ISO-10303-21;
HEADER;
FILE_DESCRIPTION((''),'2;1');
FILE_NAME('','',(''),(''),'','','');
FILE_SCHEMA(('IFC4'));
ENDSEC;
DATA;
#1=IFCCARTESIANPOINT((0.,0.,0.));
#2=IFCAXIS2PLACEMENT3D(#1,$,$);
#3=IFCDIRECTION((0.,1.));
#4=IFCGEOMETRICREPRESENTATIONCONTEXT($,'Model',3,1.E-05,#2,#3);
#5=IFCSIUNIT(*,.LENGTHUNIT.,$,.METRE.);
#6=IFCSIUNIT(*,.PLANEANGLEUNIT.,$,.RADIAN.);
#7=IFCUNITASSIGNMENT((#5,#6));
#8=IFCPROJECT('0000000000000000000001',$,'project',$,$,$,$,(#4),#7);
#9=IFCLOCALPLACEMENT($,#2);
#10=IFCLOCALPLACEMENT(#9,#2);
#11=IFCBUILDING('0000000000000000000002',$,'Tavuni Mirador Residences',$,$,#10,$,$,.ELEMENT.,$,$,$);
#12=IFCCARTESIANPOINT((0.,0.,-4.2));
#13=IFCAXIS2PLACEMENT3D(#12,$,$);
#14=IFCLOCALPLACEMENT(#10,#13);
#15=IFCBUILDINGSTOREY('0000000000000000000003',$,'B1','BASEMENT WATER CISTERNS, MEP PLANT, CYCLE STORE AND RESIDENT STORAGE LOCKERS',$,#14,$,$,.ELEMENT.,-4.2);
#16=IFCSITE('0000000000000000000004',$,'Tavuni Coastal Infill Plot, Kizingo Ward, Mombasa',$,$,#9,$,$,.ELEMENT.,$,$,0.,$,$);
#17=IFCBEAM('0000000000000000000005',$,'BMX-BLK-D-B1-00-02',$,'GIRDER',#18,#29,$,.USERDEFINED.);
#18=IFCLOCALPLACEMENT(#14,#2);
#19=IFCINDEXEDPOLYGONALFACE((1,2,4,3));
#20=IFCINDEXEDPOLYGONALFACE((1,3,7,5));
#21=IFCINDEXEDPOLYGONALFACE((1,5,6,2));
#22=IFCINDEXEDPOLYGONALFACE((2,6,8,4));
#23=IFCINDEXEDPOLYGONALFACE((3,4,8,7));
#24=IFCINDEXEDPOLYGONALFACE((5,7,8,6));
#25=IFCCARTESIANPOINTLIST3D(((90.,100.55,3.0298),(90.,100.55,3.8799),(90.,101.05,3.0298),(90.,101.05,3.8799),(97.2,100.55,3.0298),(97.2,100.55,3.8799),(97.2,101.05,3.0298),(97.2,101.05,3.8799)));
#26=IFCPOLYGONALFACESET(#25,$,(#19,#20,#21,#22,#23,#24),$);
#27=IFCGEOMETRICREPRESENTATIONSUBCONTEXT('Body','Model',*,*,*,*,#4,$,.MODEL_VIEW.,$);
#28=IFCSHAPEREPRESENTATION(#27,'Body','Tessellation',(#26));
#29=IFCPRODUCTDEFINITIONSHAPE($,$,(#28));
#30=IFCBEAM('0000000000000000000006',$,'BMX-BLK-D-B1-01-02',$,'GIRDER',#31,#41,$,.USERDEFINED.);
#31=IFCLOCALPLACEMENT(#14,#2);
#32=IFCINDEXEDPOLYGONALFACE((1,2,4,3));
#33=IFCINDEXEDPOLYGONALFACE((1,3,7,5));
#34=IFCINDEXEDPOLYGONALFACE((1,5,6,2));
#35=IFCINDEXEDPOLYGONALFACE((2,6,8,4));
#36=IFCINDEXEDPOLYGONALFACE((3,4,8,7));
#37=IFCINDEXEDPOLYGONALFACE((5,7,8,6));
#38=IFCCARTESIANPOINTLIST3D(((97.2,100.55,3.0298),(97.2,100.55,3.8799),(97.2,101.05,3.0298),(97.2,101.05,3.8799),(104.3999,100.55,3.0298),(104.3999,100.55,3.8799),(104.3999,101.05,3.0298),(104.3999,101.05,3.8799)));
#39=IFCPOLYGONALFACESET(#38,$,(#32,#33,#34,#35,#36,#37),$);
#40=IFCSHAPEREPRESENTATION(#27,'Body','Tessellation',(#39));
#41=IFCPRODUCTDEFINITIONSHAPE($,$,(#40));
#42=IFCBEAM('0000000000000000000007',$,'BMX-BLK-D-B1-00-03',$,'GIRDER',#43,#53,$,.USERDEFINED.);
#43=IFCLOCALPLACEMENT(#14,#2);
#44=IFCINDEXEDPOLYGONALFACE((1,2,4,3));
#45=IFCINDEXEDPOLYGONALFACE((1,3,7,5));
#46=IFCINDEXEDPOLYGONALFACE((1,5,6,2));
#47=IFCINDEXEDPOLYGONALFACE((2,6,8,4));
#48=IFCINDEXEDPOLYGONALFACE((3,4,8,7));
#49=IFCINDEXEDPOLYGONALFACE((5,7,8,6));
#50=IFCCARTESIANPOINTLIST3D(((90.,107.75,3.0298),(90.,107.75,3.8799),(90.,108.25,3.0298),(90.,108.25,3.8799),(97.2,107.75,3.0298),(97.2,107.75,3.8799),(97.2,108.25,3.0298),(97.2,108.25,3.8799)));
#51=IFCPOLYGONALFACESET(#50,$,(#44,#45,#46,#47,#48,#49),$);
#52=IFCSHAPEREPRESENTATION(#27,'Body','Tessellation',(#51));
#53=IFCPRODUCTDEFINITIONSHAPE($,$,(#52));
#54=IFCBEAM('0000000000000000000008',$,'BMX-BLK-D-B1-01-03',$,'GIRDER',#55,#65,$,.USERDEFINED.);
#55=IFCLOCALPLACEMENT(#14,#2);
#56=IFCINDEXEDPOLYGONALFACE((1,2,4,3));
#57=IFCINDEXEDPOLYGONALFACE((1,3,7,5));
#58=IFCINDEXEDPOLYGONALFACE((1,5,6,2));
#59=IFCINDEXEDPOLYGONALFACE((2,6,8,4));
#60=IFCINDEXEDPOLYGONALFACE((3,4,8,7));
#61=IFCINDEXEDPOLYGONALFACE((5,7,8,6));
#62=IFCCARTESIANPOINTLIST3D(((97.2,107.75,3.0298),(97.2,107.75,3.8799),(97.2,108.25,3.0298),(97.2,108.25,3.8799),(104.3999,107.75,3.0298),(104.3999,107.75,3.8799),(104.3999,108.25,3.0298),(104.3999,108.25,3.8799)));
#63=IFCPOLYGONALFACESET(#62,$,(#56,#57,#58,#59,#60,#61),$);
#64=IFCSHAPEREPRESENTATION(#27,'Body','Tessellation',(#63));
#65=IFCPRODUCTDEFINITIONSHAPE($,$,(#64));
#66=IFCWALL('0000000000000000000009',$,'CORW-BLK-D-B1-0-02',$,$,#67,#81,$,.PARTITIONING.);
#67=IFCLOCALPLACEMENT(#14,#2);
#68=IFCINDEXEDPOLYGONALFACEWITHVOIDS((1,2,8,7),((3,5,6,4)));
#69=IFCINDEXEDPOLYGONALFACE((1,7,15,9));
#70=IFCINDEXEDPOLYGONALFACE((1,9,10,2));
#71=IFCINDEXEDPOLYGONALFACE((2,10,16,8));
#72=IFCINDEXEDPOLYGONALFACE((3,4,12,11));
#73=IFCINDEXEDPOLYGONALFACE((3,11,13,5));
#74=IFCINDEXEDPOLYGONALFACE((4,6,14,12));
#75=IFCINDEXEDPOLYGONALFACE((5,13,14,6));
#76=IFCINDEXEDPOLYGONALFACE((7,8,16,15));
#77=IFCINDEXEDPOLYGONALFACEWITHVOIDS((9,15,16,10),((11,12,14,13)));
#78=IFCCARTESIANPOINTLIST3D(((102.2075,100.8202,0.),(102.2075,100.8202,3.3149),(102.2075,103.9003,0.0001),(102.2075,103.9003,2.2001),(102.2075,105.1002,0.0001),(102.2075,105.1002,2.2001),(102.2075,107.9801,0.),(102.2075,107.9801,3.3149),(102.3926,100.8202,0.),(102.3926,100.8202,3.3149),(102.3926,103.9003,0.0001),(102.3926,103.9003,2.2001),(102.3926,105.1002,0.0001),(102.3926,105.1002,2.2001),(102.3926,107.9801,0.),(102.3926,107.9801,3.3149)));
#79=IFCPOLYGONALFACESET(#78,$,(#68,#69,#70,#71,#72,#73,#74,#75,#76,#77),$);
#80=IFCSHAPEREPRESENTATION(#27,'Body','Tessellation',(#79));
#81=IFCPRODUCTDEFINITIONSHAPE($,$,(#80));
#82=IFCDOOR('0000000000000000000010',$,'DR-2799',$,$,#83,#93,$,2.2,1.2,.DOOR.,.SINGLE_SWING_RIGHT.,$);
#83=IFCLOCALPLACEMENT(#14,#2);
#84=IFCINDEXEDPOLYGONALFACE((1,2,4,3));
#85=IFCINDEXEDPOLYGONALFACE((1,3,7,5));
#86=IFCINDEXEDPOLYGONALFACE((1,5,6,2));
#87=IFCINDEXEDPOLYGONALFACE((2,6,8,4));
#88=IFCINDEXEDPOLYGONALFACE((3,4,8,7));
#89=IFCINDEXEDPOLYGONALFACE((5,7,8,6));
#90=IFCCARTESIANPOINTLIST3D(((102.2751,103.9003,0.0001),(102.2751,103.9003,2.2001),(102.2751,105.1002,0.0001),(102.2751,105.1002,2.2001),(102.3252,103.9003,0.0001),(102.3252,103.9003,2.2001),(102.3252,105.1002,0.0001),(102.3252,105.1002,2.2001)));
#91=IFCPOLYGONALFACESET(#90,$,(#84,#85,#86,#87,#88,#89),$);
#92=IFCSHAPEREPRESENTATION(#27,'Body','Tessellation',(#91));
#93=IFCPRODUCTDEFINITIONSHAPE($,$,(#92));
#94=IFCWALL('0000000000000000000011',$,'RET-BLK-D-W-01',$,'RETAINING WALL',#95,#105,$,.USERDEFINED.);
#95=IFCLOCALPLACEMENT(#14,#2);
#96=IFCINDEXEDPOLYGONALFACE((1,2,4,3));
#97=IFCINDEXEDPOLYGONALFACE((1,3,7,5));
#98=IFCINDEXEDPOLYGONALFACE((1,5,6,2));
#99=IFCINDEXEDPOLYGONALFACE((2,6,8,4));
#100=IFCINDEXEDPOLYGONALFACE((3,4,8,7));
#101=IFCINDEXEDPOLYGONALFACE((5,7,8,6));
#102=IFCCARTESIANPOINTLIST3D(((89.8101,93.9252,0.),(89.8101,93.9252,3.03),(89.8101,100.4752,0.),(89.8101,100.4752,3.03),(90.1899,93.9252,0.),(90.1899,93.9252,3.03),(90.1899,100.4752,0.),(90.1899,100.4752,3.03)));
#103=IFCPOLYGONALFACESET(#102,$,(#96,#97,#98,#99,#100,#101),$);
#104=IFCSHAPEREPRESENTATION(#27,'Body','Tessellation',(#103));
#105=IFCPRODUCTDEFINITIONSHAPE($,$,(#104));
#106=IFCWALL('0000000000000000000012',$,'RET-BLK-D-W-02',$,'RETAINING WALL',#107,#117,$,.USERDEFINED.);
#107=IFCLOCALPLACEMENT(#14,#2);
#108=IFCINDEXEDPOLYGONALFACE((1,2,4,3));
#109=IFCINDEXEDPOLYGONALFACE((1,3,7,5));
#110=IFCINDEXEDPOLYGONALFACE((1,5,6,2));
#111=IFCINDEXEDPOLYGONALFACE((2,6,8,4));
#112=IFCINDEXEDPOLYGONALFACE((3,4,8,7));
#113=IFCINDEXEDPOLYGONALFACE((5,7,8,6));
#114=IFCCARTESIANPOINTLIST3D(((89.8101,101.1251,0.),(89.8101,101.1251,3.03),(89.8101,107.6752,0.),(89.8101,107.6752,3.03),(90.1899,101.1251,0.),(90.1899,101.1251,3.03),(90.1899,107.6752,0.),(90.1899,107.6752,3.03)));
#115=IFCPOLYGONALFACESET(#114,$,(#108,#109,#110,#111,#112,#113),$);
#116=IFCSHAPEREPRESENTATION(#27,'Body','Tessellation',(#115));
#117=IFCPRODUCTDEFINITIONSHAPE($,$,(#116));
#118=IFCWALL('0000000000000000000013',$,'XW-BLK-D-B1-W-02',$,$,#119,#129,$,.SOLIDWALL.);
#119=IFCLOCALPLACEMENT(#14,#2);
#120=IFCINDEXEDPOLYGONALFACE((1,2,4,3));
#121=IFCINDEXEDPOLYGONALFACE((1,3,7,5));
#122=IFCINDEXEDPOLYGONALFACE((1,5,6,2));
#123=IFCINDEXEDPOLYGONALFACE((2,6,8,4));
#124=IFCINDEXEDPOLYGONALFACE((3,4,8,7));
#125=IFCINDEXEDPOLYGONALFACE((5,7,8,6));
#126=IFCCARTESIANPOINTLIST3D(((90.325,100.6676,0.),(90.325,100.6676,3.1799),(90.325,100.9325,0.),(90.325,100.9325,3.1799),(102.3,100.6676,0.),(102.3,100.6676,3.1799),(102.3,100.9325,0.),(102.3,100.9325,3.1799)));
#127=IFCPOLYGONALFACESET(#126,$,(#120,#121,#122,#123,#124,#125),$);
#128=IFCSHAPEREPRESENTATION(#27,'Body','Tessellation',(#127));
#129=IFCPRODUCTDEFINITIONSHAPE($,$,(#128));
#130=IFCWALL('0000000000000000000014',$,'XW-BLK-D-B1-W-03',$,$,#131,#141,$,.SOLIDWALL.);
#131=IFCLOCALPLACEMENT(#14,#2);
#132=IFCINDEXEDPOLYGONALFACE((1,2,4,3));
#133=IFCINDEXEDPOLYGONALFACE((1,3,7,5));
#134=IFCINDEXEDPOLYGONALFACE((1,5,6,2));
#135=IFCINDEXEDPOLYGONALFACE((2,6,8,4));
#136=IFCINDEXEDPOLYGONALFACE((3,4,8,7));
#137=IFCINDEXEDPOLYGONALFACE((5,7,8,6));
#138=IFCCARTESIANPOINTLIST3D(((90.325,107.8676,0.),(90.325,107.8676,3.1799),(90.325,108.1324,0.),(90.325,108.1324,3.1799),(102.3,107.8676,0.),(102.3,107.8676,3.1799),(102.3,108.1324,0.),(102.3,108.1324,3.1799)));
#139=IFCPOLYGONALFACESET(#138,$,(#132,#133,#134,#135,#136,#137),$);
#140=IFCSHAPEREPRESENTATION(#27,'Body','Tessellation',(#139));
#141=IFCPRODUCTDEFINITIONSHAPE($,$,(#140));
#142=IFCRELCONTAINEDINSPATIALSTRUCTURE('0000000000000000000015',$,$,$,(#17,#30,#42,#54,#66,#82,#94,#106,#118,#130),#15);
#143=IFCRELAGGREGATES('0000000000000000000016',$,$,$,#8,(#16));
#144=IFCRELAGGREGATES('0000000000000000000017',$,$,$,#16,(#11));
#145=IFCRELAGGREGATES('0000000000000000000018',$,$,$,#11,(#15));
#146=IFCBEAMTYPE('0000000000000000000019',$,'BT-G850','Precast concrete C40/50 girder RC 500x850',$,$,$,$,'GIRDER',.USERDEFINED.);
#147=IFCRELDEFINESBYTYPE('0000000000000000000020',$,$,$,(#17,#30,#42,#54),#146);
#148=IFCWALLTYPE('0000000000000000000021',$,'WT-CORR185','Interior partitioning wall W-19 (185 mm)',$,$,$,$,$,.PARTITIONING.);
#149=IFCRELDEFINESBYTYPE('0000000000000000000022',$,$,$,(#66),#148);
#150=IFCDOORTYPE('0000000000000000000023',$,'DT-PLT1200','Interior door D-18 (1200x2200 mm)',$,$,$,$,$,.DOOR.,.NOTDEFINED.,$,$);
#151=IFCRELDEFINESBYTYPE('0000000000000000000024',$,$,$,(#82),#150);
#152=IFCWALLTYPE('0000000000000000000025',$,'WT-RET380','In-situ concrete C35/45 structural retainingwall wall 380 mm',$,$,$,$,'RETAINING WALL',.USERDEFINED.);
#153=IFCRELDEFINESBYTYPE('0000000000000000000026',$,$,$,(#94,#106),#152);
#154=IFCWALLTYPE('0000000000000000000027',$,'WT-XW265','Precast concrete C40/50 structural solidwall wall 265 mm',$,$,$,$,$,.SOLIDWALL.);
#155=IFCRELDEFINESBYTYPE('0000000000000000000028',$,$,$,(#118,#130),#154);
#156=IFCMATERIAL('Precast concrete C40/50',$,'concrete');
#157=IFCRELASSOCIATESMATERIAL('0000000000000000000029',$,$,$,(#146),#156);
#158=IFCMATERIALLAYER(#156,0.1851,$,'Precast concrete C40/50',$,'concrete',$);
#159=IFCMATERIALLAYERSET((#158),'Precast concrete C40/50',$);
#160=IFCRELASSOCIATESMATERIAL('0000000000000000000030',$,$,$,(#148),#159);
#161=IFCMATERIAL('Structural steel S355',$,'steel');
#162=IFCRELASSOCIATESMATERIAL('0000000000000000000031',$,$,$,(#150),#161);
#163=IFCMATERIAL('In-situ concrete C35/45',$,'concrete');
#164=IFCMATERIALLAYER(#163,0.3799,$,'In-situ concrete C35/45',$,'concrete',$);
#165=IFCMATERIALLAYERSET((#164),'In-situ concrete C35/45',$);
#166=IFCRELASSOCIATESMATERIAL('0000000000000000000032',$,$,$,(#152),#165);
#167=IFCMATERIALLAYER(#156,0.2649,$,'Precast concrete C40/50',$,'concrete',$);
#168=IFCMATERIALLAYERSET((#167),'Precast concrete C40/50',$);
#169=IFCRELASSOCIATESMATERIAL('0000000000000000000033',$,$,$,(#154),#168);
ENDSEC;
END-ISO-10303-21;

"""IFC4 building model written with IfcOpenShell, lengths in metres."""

from ifc_helpers import new_model, si_unit, direction, frame, frame_2d, origin, origin_2d, place, context, subcontext, project, spatial, rectangle, extrude, material, layer, layer_set, material_profile, profile_set, type_object, element, fill, save


model = new_model("IFC4")

# Units and contexts
model_context = context("Model", 3, precision=1e-05, world=origin(), true_north=direction((0.0, 1.0)))
body_context = subcontext(model_context, "Body", "Model", "MODEL_VIEW")
ifc_project = project(units=[si_unit("LENGTHUNIT", "METRE"), si_unit("PLANEANGLEUNIT", "RADIAN")], contexts=[model_context])

# Site, building, storey
site_placement = place(None, origin())
site = spatial("IfcSite", under=ifc_project, at=site_placement, Name="Tavuni Coastal Infill Plot, Kizingo Ward, Mombasa", CompositionType="ELEMENT", RefElevation=0.0)
building_placement = place(site_placement, origin())
building = spatial("IfcBuilding", under=site, at=building_placement, Name="Tavuni Mirador Residences", CompositionType="ELEMENT")
storey_placement = place(building_placement, frame((0.0, 0.0, -4.2)))
storey = spatial("IfcBuildingStorey", under=building, at=storey_placement, Name="B1", Description="BASEMENT WATER CISTERNS, MEP PLANT, CYCLE STORE AND RESIDENT STORAGE LOCKERS", CompositionType="ELEMENT", Elevation=-4.2)

# Shared definitions
ifc_material_1 = material(Name="In-situ concrete C35/45", Category="concrete")

# Beams
ifc_material_2 = material(Name="Precast concrete C40/50", Category="concrete")
ifc_material_profile_1 = material_profile(ifc_material_2, rectangle(XDim=0.5, YDim=0.8501, at=origin_2d()), Name="RC 500x850", Category="concrete")
ifc_profile_set_1 = profile_set([ifc_material_profile_1], Name="Precast concrete C40/50")
beam_type_1 = type_object("IfcBeamType", Name="BT-G850", Description="Precast concrete C40/50 girder RC 500x850", ElementType="GIRDER", PredefinedType="USERDEFINED", material=ifc_profile_set_1)
for number, where, z_axis, x_axis, name in (
    (1, (90.0, 100.8, 3.4548), (1.0, 0.0, 0.0), (0.0, 1.0, 0.0), "BMX-BLK-D-B1-00-02"),
    (2, (97.2, 100.8, 3.4548), (1.0, 0.0, 0.0), (0.0, 1.0, 0.0), "BMX-BLK-D-B1-01-02"),
    (3, (90.0, 108.0, 3.4548), (1.0, 0.0, 0.0), (0.0, 1.0, 0.0), "BMX-BLK-D-B1-00-03"),
    (4, (97.2, 108.0, 3.4548), (1.0, 0.0, 0.0), (0.0, 1.0, 0.0), "BMX-BLK-D-B1-01-03"),
):
    element("IfcBeam", number, at=place(storey_placement, frame(where, z_axis=z_axis, x_axis=x_axis)), inside=storey, type_object=beam_type_1, Name=name, ObjectType="GIRDER", PredefinedType="USERDEFINED", context=body_context, shape_type="SweptSolid", body=[
        extrude(rectangle(XDim=0.5, YDim=0.8501, at=origin_2d()), origin(), (0.0, 0.0, 1.0), 7.2),
    ])

# Wall, opening, door
ifc_layer_1 = layer(ifc_material_2, 0.1851, Name="Precast concrete C40/50", Category="concrete")
ifc_layer_set_1 = layer_set([ifc_layer_1], Name="Precast concrete C40/50")
wall_type_1 = type_object("IfcWallType", Name="WT-CORR185", Description="Interior partitioning wall W-19 (185 mm)", PredefinedType="PARTITIONING", material=ifc_layer_set_1)
wall_placement = place(storey_placement, frame((102.3, 100.8201, 0.0), z_axis=(0.0, 0.0, 1.0), x_axis=(0.0, 1.0, 0.0)))
wall = element("IfcWall", 5, at=wall_placement, inside=storey, type_object=wall_type_1, Name="CORW-BLK-D-B1-0-02", PredefinedType="PARTITIONING", context=body_context, shape_type="SweptSolid", body=[
    extrude(rectangle(XDim=7.1599, YDim=0.1851, at=frame_2d((3.5801, 0.0))), origin(), (0.0, 0.0, 1.0), 3.3149),
])
opening_placement = place(wall_placement, frame((3.0801, 0.0, 0.0)))
opening = element("IfcOpeningElement", 6, at=opening_placement, cuts=wall, PredefinedType="OPENING", context=body_context, shape_type="SweptSolid", body=[
    extrude(rectangle(XDim=1.2, YDim=2.2, at=frame_2d((0.6001, 1.1001))), frame((0.0, 0.1025, 0.0), z_axis=(0.0, -1.0, 0.0), x_axis=(1.0, 0.0, 0.0)), (0.0, 0.0, 1.0), 0.2051),
])
ifc_material_3 = material(Name="Structural steel S355", Category="steel")
door_type = type_object("IfcDoorType", Name="DT-PLT1200", Description="Interior door D-18 (1200x2200 mm)", OperationType="NOTDEFINED", PredefinedType="DOOR", material=ifc_material_3)
door_placement = place(opening_placement, origin())
door = element("IfcDoor", 7, at=door_placement, inside=storey, type_object=door_type, Name="DR-2799", OperationType="SINGLE_SWING_RIGHT", OverallHeight=2.2, OverallWidth=1.2, PredefinedType="DOOR", context=body_context, shape_type="SweptSolid", body=[
    extrude(rectangle(XDim=1.2, YDim=2.2, at=frame_2d((0.6001, 1.1001))), frame((0.0, 0.0249, 0.0), z_axis=(0.0, -1.0, 0.0), x_axis=(1.0, 0.0, 0.0)), (0.0, 0.0, 1.0), 0.05),
])
fill(opening, door)

# Walls
ifc_layer_2 = layer(ifc_material_1, 0.3799, Name="In-situ concrete C35/45", Category="concrete")
ifc_layer_set_2 = layer_set([ifc_layer_2], Name="In-situ concrete C35/45")
wall_type_2 = type_object("IfcWallType", Name="WT-RET380", Description="In-situ concrete C35/45 structural retainingwall wall 380 mm", ElementType="RETAINING WALL", PredefinedType="USERDEFINED", material=ifc_layer_set_2)
for number, where, z_axis, x_axis, name in (
    (8, (90.0, 100.4751, 0.0), (0.0, 0.0, 1.0), (0.0, -1.0, 0.0), "RET-BLK-D-W-01"),
    (9, (90.0, 107.675, 0.0), (0.0, 0.0, 1.0), (0.0, -1.0, 0.0), "RET-BLK-D-W-02"),
):
    element("IfcWall", number, at=place(storey_placement, frame(where, z_axis=z_axis, x_axis=x_axis)), inside=storey, type_object=wall_type_2, Name=name, ObjectType="RETAINING WALL", PredefinedType="USERDEFINED", context=body_context, shape_type="SweptSolid", body=[
        extrude(rectangle(XDim=6.55, YDim=0.3799, at=frame_2d((3.2749, 0.0))), origin(), (0.0, 0.0, 1.0), 3.03),
    ])
ifc_layer_3 = layer(ifc_material_2, 0.2649, Name="Precast concrete C40/50", Category="concrete")
ifc_layer_set_3 = layer_set([ifc_layer_3], Name="Precast concrete C40/50")
wall_type_3 = type_object("IfcWallType", Name="WT-XW265", Description="Precast concrete C40/50 structural solidwall wall 265 mm", PredefinedType="SOLIDWALL", material=ifc_layer_set_3)
for number, where, z_axis, x_axis, name in (
    (10, (90.325, 100.8, 0.0), (0.0, 0.0, 1.0), (1.0, 0.0, 0.0), "XW-BLK-D-B1-W-02"),
    (11, (90.325, 108.0, 0.0), (0.0, 0.0, 1.0), (1.0, 0.0, 0.0), "XW-BLK-D-B1-W-03"),
):
    element("IfcWall", number, at=place(storey_placement, frame(where, z_axis=z_axis, x_axis=x_axis)), inside=storey, type_object=wall_type_3, Name=name, PredefinedType="SOLIDWALL", context=body_context, shape_type="SweptSolid", body=[
        extrude(rectangle(XDim=11.9751, YDim=0.2649, at=frame_2d((5.9875, 0.0))), origin(), (0.0, 0.0, 1.0), 3.1799),
    ])

save(model, "model.ifc")
